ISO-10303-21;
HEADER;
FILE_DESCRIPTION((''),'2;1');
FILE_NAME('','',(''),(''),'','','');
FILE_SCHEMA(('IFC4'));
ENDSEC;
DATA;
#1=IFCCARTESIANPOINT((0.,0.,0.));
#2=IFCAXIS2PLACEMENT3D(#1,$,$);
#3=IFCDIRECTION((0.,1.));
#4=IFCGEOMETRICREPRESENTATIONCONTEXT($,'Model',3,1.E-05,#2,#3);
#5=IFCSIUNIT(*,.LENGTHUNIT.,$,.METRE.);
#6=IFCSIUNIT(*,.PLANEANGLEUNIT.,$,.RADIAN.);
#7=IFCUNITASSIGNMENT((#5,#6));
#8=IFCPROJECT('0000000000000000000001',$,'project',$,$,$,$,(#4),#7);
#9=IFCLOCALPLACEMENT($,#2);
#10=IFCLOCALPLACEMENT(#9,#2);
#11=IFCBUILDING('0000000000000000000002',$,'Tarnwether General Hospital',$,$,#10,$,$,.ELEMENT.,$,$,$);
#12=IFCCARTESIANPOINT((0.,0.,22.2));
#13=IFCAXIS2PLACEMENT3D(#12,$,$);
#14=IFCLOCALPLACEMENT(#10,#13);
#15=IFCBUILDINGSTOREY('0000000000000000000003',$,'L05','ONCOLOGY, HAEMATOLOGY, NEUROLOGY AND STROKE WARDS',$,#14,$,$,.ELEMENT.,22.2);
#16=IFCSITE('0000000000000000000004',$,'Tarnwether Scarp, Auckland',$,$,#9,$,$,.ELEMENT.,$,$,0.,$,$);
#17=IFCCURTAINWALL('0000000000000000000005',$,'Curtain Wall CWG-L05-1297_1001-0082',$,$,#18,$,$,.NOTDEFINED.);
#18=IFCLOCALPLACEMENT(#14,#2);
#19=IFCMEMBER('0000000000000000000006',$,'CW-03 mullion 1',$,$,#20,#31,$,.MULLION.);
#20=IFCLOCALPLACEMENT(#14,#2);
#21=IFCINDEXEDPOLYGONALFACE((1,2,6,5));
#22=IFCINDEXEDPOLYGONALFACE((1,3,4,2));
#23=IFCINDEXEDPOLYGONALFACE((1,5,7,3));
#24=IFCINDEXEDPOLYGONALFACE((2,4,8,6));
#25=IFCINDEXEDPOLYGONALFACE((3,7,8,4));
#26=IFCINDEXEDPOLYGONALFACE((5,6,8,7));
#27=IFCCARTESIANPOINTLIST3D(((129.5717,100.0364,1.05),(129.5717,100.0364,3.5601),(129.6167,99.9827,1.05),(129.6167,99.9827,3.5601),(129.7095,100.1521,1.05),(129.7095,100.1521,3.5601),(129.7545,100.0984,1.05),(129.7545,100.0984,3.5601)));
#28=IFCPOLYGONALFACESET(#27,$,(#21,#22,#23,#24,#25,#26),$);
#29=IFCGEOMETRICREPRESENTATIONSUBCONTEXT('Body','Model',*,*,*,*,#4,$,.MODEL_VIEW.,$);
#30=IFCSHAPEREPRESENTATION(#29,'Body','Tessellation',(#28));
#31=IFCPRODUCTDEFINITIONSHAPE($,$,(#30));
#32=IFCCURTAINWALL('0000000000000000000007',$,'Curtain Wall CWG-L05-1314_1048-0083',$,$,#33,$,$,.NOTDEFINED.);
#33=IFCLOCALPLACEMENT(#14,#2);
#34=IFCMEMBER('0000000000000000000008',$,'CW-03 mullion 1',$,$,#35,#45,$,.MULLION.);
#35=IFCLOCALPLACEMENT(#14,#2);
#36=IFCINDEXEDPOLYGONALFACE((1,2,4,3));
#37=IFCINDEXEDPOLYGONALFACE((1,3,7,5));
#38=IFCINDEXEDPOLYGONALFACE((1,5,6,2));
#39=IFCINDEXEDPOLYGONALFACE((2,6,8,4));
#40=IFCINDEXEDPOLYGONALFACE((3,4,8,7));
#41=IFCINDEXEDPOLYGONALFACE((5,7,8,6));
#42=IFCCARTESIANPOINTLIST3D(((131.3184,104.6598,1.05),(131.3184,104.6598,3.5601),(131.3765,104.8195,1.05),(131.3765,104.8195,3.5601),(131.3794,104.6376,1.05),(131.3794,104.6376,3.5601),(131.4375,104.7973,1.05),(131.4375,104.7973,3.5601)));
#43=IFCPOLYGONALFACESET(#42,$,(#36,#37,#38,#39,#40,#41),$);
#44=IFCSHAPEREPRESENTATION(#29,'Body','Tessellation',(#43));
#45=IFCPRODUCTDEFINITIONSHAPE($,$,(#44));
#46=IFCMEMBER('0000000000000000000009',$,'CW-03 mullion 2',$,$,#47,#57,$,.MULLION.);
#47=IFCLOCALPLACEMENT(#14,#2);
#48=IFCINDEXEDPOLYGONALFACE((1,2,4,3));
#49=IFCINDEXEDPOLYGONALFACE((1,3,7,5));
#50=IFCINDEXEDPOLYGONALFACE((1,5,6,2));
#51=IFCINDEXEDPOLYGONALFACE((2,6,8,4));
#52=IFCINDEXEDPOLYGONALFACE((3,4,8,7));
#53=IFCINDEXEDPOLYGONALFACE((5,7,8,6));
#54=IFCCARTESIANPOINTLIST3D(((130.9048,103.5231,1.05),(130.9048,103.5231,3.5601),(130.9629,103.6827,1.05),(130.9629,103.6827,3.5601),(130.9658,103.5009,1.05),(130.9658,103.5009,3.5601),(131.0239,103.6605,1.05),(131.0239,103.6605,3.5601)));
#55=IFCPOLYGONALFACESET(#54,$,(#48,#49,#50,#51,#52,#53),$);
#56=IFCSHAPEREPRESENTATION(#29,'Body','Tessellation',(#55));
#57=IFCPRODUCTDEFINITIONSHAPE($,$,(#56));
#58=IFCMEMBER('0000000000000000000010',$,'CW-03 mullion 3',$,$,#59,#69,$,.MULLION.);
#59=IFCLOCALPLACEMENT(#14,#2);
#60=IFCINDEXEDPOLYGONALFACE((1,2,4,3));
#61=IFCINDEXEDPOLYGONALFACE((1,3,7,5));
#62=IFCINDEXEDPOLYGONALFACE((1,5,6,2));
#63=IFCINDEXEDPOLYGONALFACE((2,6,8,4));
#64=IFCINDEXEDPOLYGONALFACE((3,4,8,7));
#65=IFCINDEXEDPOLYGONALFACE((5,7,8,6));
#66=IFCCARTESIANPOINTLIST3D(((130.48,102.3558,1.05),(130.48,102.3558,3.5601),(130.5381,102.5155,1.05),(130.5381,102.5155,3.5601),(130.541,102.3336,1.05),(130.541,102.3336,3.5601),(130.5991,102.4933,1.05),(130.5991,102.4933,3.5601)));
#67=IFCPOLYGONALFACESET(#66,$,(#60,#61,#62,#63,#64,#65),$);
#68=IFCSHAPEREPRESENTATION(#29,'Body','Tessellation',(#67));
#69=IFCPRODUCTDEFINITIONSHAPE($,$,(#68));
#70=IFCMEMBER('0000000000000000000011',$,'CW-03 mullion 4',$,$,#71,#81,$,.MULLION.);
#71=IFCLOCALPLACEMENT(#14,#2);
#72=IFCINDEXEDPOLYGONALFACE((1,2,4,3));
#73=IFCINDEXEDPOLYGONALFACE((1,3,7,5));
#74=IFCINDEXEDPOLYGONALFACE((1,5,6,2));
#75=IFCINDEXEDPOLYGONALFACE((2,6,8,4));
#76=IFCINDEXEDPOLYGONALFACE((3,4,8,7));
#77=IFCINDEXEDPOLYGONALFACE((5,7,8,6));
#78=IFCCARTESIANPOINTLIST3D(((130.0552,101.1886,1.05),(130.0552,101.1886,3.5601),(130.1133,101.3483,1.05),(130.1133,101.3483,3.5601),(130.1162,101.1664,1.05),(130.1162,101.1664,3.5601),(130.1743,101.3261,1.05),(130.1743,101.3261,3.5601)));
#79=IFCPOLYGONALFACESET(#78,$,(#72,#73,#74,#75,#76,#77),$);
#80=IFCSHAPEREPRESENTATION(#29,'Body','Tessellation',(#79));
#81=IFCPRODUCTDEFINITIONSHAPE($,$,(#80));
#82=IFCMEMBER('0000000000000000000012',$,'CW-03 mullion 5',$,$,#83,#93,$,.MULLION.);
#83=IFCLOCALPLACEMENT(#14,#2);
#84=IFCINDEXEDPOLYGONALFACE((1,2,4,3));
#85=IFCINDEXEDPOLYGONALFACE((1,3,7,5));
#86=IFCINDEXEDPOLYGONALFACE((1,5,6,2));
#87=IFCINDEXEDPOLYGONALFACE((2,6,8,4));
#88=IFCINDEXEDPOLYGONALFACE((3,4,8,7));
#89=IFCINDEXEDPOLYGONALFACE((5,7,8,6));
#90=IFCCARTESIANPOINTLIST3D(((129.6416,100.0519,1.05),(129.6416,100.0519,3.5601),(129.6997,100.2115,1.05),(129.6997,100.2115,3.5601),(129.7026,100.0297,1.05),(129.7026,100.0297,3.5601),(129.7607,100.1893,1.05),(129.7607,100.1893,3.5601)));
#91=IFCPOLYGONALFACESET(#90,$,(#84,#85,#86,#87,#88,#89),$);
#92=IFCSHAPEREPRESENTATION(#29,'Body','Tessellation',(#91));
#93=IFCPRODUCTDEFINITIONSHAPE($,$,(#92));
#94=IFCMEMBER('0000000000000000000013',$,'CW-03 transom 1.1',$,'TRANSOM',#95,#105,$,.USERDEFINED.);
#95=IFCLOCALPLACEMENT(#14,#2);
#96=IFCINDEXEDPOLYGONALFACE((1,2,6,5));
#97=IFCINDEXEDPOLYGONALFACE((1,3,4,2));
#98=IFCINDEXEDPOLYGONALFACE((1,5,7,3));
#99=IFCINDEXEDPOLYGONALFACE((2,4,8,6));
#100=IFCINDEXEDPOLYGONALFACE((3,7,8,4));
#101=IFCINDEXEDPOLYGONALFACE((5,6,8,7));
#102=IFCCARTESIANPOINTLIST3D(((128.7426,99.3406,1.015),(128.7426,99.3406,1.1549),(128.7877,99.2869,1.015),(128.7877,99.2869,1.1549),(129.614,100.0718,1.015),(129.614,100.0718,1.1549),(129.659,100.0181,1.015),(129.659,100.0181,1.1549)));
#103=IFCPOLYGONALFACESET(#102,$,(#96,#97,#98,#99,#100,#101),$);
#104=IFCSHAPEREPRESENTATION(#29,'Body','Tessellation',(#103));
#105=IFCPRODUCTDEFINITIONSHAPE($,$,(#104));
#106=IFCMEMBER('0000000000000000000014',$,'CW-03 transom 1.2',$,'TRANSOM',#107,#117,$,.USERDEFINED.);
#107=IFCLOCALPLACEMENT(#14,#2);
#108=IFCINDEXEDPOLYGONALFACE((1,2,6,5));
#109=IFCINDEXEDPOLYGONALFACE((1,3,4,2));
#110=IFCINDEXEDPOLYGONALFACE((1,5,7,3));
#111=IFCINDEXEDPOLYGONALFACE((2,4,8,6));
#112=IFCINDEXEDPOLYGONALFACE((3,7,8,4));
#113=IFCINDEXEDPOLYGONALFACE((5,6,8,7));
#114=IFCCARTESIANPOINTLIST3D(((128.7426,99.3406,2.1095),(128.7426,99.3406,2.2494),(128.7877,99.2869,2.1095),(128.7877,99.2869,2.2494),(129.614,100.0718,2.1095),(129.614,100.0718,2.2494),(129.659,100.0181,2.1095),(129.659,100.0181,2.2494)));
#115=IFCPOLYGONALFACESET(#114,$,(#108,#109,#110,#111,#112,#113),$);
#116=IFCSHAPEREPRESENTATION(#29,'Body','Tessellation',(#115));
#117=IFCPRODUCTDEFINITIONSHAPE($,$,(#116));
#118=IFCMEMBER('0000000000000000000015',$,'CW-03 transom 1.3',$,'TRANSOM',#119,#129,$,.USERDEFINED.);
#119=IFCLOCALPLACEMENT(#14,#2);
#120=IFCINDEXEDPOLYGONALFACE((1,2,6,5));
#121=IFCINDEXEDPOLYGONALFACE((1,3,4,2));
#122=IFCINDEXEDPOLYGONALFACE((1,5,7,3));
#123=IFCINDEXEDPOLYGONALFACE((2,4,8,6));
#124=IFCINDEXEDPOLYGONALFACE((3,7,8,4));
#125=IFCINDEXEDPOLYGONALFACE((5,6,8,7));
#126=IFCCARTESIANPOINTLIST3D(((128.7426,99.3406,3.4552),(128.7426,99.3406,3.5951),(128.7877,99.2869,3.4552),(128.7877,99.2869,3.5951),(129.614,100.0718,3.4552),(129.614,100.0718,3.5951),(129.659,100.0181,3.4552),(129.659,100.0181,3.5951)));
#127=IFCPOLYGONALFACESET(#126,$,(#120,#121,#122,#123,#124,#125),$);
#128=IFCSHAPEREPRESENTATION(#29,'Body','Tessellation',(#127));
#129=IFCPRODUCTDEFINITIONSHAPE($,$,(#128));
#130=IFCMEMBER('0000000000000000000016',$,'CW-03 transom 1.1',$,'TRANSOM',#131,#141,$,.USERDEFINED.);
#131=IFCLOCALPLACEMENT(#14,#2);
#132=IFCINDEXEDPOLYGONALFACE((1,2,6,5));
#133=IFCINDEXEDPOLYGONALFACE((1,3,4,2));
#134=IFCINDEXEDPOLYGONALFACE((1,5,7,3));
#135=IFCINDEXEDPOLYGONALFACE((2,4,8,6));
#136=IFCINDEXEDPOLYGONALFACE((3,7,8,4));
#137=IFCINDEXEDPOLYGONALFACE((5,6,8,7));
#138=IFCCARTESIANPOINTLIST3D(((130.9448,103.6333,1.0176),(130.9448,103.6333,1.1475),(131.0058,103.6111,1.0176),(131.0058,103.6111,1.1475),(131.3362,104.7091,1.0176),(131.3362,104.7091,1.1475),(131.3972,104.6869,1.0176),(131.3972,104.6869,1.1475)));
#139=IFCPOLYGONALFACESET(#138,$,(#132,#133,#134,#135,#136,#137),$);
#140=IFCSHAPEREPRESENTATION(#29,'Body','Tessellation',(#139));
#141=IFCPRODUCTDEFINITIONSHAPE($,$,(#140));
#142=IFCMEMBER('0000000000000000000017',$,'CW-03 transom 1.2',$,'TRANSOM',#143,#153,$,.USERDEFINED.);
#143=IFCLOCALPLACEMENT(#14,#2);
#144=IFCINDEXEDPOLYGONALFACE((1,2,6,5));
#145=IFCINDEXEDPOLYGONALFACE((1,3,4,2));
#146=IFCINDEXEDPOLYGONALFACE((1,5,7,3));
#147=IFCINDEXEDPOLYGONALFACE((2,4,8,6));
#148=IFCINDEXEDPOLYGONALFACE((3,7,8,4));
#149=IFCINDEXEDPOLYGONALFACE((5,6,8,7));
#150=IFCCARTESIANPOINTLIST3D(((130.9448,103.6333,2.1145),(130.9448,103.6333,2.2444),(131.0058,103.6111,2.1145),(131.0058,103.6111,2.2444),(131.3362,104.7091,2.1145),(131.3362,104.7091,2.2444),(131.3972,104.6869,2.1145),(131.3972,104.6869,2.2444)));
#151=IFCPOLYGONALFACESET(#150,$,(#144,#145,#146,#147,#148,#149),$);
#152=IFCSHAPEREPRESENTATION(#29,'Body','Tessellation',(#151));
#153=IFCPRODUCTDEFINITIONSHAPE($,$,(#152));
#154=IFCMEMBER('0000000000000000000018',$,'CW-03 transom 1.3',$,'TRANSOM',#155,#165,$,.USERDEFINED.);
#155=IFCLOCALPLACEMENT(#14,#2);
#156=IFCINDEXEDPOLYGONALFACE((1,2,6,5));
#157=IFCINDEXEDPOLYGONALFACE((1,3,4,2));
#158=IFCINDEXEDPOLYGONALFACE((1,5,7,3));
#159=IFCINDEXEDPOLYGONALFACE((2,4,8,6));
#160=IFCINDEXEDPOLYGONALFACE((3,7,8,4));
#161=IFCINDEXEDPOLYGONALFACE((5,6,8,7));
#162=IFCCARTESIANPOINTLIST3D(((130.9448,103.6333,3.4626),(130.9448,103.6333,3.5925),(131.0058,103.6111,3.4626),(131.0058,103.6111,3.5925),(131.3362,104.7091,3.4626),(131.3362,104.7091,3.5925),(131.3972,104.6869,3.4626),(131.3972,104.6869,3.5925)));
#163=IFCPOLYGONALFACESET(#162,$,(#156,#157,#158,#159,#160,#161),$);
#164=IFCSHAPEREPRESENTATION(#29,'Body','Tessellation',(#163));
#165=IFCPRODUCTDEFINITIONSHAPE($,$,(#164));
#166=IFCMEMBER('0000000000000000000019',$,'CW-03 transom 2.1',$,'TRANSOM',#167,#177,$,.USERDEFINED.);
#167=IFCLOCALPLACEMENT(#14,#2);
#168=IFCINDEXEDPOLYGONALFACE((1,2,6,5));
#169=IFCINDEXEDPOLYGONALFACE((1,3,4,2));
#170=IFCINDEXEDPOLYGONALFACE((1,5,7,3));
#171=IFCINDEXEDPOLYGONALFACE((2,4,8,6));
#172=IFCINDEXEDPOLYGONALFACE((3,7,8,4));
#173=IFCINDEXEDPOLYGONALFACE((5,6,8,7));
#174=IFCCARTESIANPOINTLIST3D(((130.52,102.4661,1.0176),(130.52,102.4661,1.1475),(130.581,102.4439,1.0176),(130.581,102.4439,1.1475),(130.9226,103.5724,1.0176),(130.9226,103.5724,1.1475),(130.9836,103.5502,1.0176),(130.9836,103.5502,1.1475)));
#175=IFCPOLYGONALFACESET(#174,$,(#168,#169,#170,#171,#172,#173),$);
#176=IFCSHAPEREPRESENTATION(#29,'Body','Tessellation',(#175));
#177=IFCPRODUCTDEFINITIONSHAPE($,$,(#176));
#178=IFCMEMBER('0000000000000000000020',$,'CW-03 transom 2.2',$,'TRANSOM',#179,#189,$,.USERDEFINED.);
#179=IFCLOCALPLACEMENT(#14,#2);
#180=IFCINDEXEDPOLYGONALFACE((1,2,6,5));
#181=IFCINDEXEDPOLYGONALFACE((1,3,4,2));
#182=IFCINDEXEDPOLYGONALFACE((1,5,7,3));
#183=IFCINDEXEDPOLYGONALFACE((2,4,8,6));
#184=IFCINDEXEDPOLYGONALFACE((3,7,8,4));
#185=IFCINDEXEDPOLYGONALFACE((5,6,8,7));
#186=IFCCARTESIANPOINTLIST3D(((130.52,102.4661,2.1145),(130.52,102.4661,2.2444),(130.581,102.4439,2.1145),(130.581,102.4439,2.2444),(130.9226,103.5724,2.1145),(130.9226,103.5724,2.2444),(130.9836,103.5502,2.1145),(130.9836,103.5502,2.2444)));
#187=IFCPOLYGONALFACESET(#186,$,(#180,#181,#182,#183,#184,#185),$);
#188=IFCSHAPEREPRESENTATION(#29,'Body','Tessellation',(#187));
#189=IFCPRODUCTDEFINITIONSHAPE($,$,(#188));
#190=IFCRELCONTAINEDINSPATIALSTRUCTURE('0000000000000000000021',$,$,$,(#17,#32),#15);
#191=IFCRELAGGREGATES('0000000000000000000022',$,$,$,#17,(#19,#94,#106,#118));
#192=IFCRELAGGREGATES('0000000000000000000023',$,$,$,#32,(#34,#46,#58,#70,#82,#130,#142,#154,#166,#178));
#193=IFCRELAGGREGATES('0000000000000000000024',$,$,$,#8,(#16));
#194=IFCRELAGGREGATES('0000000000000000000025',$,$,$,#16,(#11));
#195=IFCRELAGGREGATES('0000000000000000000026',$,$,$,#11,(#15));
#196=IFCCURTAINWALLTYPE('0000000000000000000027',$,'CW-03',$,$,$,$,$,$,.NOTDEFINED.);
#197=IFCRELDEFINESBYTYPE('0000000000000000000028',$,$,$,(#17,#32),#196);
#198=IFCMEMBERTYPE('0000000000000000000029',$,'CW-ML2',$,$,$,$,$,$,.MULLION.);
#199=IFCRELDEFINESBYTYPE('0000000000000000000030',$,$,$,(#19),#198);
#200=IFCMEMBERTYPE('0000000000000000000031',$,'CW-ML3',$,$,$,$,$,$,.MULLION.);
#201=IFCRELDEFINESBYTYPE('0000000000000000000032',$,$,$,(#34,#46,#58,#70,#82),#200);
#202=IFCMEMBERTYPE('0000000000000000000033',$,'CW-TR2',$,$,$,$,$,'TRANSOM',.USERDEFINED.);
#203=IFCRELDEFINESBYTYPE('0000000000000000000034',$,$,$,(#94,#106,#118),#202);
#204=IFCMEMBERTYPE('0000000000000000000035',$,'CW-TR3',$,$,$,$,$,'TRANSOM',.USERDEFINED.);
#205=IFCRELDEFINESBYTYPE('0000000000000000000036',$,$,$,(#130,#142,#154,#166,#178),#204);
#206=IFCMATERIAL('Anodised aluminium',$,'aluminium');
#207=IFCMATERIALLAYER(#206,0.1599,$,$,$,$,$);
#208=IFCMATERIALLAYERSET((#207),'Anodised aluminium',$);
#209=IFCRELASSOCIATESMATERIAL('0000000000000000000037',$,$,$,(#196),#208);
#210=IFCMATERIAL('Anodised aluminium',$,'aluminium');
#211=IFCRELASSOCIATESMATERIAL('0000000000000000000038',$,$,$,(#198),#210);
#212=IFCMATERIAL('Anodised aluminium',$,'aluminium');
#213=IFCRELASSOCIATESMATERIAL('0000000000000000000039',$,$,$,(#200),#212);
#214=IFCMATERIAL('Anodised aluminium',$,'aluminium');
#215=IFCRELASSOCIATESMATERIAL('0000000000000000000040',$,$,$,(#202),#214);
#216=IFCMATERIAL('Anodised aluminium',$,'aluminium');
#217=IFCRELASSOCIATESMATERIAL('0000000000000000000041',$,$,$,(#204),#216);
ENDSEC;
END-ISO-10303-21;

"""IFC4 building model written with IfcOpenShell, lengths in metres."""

from ifc_helpers import new_model, si_unit, direction, frame, origin, origin_2d, place, context, subcontext, project, spatial, rectangle, extrude, material, layer, layer_set, material_profile, profile_set, type_object, element, aggregate, save


model = new_model("IFC4")

# Units and contexts
model_context = context("Model", 3, precision=1e-05, world=origin(), true_north=direction((0.0, 1.0)))
body_context = subcontext(model_context, "Body", "Model", "MODEL_VIEW")
ifc_project = project(units=[si_unit("LENGTHUNIT", "METRE"), si_unit("PLANEANGLEUNIT", "RADIAN")], contexts=[model_context])

# Site, building, storey
site_placement = place(None, origin())
site = spatial("IfcSite", under=ifc_project, at=site_placement, Name="Tarnwether Scarp, Auckland", CompositionType="ELEMENT", RefElevation=0.0)
building_placement = place(site_placement, origin())
building = spatial("IfcBuilding", under=site, at=building_placement, Name="Tarnwether General Hospital", CompositionType="ELEMENT")
storey_placement = place(building_placement, frame((0.0, 0.0, 22.2)))
storey = spatial("IfcBuildingStorey", under=building, at=storey_placement, Name="L05", Description="ONCOLOGY, HAEMATOLOGY, NEUROLOGY AND STROKE WARDS", CompositionType="ELEMENT", Elevation=22.2)

# Curtain wall, member
ifc_material_1 = material(Name="Anodised aluminium", Category="aluminium")
ifc_layer_1 = layer(ifc_material_1, 0.1599)
ifc_layer_set_1 = layer_set([ifc_layer_1], Name="Anodised aluminium")
curtain_wall_type = type_object("IfcCurtainWallType", Name="CW-03", PredefinedType="NOTDEFINED", material=ifc_layer_set_1)
curtain_wall_1_placement = place(storey_placement, origin())
curtain_wall_1 = element("IfcCurtainWall", 1, at=curtain_wall_1_placement, inside=storey, type_object=curtain_wall_type, Name="Curtain Wall CWG-L05-1297_1001-0082", PredefinedType="NOTDEFINED")
ifc_material_2 = material(Name="Anodised aluminium", Category="aluminium")
ifc_material_profile_1 = material_profile(ifc_material_2, rectangle(XDim=0.0701, YDim=0.1799, at=origin_2d()), Name="ALU-MUL-70x180")
ifc_profile_set_1 = profile_set([ifc_material_profile_1], Name="Anodised aluminium")
member_type_1 = type_object("IfcMemberType", Name="CW-ML2", PredefinedType="MULLION", material=ifc_profile_set_1)
member_1_placement = place(storey_placement, frame((129.6631, 100.0674, 1.05), z_axis=(0.0, 0.0, 1.0), x_axis=(0.642852, -0.76599, 0.0)))
member_1 = element("IfcMember", 2, at=member_1_placement, type_object=member_type_1, Name="CW-03 mullion 1", PredefinedType="MULLION", context=body_context, shape_type="SweptSolid", body=[
    extrude(rectangle(XDim=0.0701, YDim=0.1799, at=origin_2d()), origin(), (0.0, 0.0, 1.0), 2.51),
])

# Curtain wall, members
curtain_wall_2_placement = place(storey_placement, origin())
curtain_wall_2 = element("IfcCurtainWall", 3, at=curtain_wall_2_placement, inside=storey, type_object=curtain_wall_type, Name="Curtain Wall CWG-L05-1314_1048-0083", PredefinedType="NOTDEFINED")
ifc_material_3 = material(Name="Anodised aluminium", Category="aluminium")
ifc_material_profile_2 = material_profile(ifc_material_3, rectangle(XDim=0.0649, YDim=0.1699, at=origin_2d()), Name="ALU-MUL-65x170")
ifc_profile_set_2 = profile_set([ifc_material_profile_2], Name="Anodised aluminium")
member_type_2 = type_object("IfcMemberType", Name="CW-ML3", PredefinedType="MULLION", material=ifc_profile_set_2)
member_2_placement = place(storey_placement, frame((131.3779, 104.7285, 1.05), z_axis=(0.0, 0.0, 1.0), x_axis=(0.939717, -0.341953, 0.0)))
member_2 = element("IfcMember", 4, at=member_2_placement, type_object=member_type_2, Name="CW-03 mullion 1", PredefinedType="MULLION", context=body_context, shape_type="SweptSolid", body=[
    extrude(rectangle(XDim=0.0649, YDim=0.1699, at=origin_2d()), origin(), (0.0, 0.0, 1.0), 2.51),
])
member_3_placement = place(storey_placement, frame((130.9644, 103.5918, 1.05), z_axis=(0.0, 0.0, 1.0), x_axis=(0.939717, -0.341953, 0.0)))
member_3 = element("IfcMember", 5, at=member_3_placement, type_object=member_type_2, Name="CW-03 mullion 2", PredefinedType="MULLION", context=body_context, shape_type="SweptSolid", body=[
    extrude(rectangle(XDim=0.0649, YDim=0.1699, at=origin_2d()), origin(), (0.0, 0.0, 1.0), 2.51),
])
member_4_placement = place(storey_placement, frame((130.5396, 102.4246, 1.05), z_axis=(0.0, 0.0, 1.0), x_axis=(0.939717, -0.341953, 0.0)))
member_4 = element("IfcMember", 6, at=member_4_placement, type_object=member_type_2, Name="CW-03 mullion 3", PredefinedType="MULLION", context=body_context, shape_type="SweptSolid", body=[
    extrude(rectangle(XDim=0.0649, YDim=0.1699, at=origin_2d()), origin(), (0.0, 0.0, 1.0), 2.51),
])
member_5_placement = place(storey_placement, frame((130.1147, 101.2573, 1.05), z_axis=(0.0, 0.0, 1.0), x_axis=(0.939717, -0.341953, 0.0)))
member_5 = element("IfcMember", 7, at=member_5_placement, type_object=member_type_2, Name="CW-03 mullion 4", PredefinedType="MULLION", context=body_context, shape_type="SweptSolid", body=[
    extrude(rectangle(XDim=0.0649, YDim=0.1699, at=origin_2d()), origin(), (0.0, 0.0, 1.0), 2.51),
])
member_6_placement = place(storey_placement, frame((129.7012, 100.1206, 1.05), z_axis=(0.0, 0.0, 1.0), x_axis=(0.939717, -0.341953, 0.0)))
member_6 = element("IfcMember", 8, at=member_6_placement, type_object=member_type_2, Name="CW-03 mullion 5", PredefinedType="MULLION", context=body_context, shape_type="SweptSolid", body=[
    extrude(rectangle(XDim=0.0649, YDim=0.1699, at=origin_2d()), origin(), (0.0, 0.0, 1.0), 2.51),
])

# Members
ifc_material_4 = material(Name="Anodised aluminium", Category="aluminium")
ifc_material_profile_3 = material_profile(ifc_material_4, rectangle(XDim=0.0701, YDim=0.1399, at=origin_2d()), Name="ALU-TRN-70x140")
ifc_profile_set_3 = profile_set([ifc_material_profile_3], Name="Anodised aluminium")
member_type_3 = type_object("IfcMemberType", Name="CW-TR2", ElementType="TRANSOM", PredefinedType="USERDEFINED", material=ifc_profile_set_3)
member_7_placement = place(storey_placement, frame((129.6365, 100.0449, 1.085), z_axis=(-0.766018, -0.64282, 0.0), x_axis=(0.64282, -0.766018, 0.0)))
member_7 = element("IfcMember", 9, at=member_7_placement, type_object=member_type_3, Name="CW-03 transom 1.1", ObjectType="TRANSOM", PredefinedType="USERDEFINED", context=body_context, shape_type="SweptSolid", body=[
    extrude(rectangle(XDim=0.0701, YDim=0.1399, at=origin_2d()), origin(), (0.0, 0.0, 1.0), 1.1375),
])
member_8_placement = place(storey_placement, frame((129.6365, 100.0449, 2.1794), z_axis=(-0.766018, -0.64282, 0.0), x_axis=(0.64282, -0.766018, 0.0)))
member_8 = element("IfcMember", 10, at=member_8_placement, type_object=member_type_3, Name="CW-03 transom 1.2", ObjectType="TRANSOM", PredefinedType="USERDEFINED", context=body_context, shape_type="SweptSolid", body=[
    extrude(rectangle(XDim=0.0701, YDim=0.1399, at=origin_2d()), origin(), (0.0, 0.0, 1.0), 1.1375),
])
member_9_placement = place(storey_placement, frame((129.6365, 100.0449, 3.5251), z_axis=(-0.766018, -0.64282, 0.0), x_axis=(0.64282, -0.766018, 0.0)))
member_9 = element("IfcMember", 11, at=member_9_placement, type_object=member_type_3, Name="CW-03 transom 1.3", ObjectType="TRANSOM", PredefinedType="USERDEFINED", context=body_context, shape_type="SweptSolid", body=[
    extrude(rectangle(XDim=0.0701, YDim=0.1399, at=origin_2d()), origin(), (0.0, 0.0, 1.0), 1.1375),
])
aggregate(curtain_wall_1, [member_1, member_7, member_8, member_9])
ifc_material_5 = material(Name="Anodised aluminium", Category="aluminium")
ifc_material_profile_4 = material_profile(ifc_material_5, rectangle(XDim=0.0649, YDim=0.1299, at=origin_2d()), Name="ALU-TRN-65x130")
ifc_profile_set_4 = profile_set([ifc_material_profile_4], Name="Anodised aluminium")
member_type_4 = type_object("IfcMemberType", Name="CW-TR3", ElementType="TRANSOM", PredefinedType="USERDEFINED", material=ifc_profile_set_4)
member_10_placement = place(storey_placement, frame((131.3667, 104.698, 1.0825), z_axis=(-0.341897, -0.939737, 0.0), x_axis=(0.939737, -0.341897, 0.0)))
member_10 = element("IfcMember", 12, at=member_10_placement, type_object=member_type_4, Name="CW-03 transom 1.1", ObjectType="TRANSOM", PredefinedType="USERDEFINED", context=body_context, shape_type="SweptSolid", body=[
    extrude(rectangle(XDim=0.0649, YDim=0.1299, at=origin_2d()), origin(), (0.0, 0.0, 1.0), 1.1448),
])
member_11_placement = place(storey_placement, frame((131.3667, 104.698, 2.1794), z_axis=(-0.341897, -0.939737, 0.0), x_axis=(0.939737, -0.341897, 0.0)))
member_11 = element("IfcMember", 13, at=member_11_placement, type_object=member_type_4, Name="CW-03 transom 1.2", ObjectType="TRANSOM", PredefinedType="USERDEFINED", context=body_context, shape_type="SweptSolid", body=[
    extrude(rectangle(XDim=0.0649, YDim=0.1299, at=origin_2d()), origin(), (0.0, 0.0, 1.0), 1.1448),
])
member_12_placement = place(storey_placement, frame((131.3667, 104.698, 3.5276), z_axis=(-0.341897, -0.939737, 0.0), x_axis=(0.939737, -0.341897, 0.0)))
member_12 = element("IfcMember", 14, at=member_12_placement, type_object=member_type_4, Name="CW-03 transom 1.3", ObjectType="TRANSOM", PredefinedType="USERDEFINED", context=body_context, shape_type="SweptSolid", body=[
    extrude(rectangle(XDim=0.0649, YDim=0.1299, at=origin_2d()), origin(), (0.0, 0.0, 1.0), 1.1448),
])
member_13_placement = place(storey_placement, frame((130.9531, 103.5613, 1.0825), z_axis=(-0.341993, -0.939703, 0.0), x_axis=(0.939703, -0.341993, 0.0)))
member_13 = element("IfcMember", 15, at=member_13_placement, type_object=member_type_4, Name="CW-03 transom 2.1", ObjectType="TRANSOM", PredefinedType="USERDEFINED", context=body_context, shape_type="SweptSolid", body=[
    extrude(rectangle(XDim=0.0649, YDim=0.1299, at=origin_2d()), origin(), (0.0, 0.0, 1.0), 1.1772),
])
member_14_placement = place(storey_placement, frame((130.9531, 103.5613, 2.1794), z_axis=(-0.341993, -0.939703, 0.0), x_axis=(0.939703, -0.341993, 0.0)))
member_14 = element("IfcMember", 16, at=member_14_placement, type_object=member_type_4, Name="CW-03 transom 2.2", ObjectType="TRANSOM", PredefinedType="USERDEFINED", context=body_context, shape_type="SweptSolid", body=[
    extrude(rectangle(XDim=0.0649, YDim=0.1299, at=origin_2d()), origin(), (0.0, 0.0, 1.0), 1.1772),
])

aggregate(curtain_wall_2, [member_2, member_3, member_4, member_5, member_6, member_10, member_11, member_12, member_13, member_14])

save(model, "model.ifc")
